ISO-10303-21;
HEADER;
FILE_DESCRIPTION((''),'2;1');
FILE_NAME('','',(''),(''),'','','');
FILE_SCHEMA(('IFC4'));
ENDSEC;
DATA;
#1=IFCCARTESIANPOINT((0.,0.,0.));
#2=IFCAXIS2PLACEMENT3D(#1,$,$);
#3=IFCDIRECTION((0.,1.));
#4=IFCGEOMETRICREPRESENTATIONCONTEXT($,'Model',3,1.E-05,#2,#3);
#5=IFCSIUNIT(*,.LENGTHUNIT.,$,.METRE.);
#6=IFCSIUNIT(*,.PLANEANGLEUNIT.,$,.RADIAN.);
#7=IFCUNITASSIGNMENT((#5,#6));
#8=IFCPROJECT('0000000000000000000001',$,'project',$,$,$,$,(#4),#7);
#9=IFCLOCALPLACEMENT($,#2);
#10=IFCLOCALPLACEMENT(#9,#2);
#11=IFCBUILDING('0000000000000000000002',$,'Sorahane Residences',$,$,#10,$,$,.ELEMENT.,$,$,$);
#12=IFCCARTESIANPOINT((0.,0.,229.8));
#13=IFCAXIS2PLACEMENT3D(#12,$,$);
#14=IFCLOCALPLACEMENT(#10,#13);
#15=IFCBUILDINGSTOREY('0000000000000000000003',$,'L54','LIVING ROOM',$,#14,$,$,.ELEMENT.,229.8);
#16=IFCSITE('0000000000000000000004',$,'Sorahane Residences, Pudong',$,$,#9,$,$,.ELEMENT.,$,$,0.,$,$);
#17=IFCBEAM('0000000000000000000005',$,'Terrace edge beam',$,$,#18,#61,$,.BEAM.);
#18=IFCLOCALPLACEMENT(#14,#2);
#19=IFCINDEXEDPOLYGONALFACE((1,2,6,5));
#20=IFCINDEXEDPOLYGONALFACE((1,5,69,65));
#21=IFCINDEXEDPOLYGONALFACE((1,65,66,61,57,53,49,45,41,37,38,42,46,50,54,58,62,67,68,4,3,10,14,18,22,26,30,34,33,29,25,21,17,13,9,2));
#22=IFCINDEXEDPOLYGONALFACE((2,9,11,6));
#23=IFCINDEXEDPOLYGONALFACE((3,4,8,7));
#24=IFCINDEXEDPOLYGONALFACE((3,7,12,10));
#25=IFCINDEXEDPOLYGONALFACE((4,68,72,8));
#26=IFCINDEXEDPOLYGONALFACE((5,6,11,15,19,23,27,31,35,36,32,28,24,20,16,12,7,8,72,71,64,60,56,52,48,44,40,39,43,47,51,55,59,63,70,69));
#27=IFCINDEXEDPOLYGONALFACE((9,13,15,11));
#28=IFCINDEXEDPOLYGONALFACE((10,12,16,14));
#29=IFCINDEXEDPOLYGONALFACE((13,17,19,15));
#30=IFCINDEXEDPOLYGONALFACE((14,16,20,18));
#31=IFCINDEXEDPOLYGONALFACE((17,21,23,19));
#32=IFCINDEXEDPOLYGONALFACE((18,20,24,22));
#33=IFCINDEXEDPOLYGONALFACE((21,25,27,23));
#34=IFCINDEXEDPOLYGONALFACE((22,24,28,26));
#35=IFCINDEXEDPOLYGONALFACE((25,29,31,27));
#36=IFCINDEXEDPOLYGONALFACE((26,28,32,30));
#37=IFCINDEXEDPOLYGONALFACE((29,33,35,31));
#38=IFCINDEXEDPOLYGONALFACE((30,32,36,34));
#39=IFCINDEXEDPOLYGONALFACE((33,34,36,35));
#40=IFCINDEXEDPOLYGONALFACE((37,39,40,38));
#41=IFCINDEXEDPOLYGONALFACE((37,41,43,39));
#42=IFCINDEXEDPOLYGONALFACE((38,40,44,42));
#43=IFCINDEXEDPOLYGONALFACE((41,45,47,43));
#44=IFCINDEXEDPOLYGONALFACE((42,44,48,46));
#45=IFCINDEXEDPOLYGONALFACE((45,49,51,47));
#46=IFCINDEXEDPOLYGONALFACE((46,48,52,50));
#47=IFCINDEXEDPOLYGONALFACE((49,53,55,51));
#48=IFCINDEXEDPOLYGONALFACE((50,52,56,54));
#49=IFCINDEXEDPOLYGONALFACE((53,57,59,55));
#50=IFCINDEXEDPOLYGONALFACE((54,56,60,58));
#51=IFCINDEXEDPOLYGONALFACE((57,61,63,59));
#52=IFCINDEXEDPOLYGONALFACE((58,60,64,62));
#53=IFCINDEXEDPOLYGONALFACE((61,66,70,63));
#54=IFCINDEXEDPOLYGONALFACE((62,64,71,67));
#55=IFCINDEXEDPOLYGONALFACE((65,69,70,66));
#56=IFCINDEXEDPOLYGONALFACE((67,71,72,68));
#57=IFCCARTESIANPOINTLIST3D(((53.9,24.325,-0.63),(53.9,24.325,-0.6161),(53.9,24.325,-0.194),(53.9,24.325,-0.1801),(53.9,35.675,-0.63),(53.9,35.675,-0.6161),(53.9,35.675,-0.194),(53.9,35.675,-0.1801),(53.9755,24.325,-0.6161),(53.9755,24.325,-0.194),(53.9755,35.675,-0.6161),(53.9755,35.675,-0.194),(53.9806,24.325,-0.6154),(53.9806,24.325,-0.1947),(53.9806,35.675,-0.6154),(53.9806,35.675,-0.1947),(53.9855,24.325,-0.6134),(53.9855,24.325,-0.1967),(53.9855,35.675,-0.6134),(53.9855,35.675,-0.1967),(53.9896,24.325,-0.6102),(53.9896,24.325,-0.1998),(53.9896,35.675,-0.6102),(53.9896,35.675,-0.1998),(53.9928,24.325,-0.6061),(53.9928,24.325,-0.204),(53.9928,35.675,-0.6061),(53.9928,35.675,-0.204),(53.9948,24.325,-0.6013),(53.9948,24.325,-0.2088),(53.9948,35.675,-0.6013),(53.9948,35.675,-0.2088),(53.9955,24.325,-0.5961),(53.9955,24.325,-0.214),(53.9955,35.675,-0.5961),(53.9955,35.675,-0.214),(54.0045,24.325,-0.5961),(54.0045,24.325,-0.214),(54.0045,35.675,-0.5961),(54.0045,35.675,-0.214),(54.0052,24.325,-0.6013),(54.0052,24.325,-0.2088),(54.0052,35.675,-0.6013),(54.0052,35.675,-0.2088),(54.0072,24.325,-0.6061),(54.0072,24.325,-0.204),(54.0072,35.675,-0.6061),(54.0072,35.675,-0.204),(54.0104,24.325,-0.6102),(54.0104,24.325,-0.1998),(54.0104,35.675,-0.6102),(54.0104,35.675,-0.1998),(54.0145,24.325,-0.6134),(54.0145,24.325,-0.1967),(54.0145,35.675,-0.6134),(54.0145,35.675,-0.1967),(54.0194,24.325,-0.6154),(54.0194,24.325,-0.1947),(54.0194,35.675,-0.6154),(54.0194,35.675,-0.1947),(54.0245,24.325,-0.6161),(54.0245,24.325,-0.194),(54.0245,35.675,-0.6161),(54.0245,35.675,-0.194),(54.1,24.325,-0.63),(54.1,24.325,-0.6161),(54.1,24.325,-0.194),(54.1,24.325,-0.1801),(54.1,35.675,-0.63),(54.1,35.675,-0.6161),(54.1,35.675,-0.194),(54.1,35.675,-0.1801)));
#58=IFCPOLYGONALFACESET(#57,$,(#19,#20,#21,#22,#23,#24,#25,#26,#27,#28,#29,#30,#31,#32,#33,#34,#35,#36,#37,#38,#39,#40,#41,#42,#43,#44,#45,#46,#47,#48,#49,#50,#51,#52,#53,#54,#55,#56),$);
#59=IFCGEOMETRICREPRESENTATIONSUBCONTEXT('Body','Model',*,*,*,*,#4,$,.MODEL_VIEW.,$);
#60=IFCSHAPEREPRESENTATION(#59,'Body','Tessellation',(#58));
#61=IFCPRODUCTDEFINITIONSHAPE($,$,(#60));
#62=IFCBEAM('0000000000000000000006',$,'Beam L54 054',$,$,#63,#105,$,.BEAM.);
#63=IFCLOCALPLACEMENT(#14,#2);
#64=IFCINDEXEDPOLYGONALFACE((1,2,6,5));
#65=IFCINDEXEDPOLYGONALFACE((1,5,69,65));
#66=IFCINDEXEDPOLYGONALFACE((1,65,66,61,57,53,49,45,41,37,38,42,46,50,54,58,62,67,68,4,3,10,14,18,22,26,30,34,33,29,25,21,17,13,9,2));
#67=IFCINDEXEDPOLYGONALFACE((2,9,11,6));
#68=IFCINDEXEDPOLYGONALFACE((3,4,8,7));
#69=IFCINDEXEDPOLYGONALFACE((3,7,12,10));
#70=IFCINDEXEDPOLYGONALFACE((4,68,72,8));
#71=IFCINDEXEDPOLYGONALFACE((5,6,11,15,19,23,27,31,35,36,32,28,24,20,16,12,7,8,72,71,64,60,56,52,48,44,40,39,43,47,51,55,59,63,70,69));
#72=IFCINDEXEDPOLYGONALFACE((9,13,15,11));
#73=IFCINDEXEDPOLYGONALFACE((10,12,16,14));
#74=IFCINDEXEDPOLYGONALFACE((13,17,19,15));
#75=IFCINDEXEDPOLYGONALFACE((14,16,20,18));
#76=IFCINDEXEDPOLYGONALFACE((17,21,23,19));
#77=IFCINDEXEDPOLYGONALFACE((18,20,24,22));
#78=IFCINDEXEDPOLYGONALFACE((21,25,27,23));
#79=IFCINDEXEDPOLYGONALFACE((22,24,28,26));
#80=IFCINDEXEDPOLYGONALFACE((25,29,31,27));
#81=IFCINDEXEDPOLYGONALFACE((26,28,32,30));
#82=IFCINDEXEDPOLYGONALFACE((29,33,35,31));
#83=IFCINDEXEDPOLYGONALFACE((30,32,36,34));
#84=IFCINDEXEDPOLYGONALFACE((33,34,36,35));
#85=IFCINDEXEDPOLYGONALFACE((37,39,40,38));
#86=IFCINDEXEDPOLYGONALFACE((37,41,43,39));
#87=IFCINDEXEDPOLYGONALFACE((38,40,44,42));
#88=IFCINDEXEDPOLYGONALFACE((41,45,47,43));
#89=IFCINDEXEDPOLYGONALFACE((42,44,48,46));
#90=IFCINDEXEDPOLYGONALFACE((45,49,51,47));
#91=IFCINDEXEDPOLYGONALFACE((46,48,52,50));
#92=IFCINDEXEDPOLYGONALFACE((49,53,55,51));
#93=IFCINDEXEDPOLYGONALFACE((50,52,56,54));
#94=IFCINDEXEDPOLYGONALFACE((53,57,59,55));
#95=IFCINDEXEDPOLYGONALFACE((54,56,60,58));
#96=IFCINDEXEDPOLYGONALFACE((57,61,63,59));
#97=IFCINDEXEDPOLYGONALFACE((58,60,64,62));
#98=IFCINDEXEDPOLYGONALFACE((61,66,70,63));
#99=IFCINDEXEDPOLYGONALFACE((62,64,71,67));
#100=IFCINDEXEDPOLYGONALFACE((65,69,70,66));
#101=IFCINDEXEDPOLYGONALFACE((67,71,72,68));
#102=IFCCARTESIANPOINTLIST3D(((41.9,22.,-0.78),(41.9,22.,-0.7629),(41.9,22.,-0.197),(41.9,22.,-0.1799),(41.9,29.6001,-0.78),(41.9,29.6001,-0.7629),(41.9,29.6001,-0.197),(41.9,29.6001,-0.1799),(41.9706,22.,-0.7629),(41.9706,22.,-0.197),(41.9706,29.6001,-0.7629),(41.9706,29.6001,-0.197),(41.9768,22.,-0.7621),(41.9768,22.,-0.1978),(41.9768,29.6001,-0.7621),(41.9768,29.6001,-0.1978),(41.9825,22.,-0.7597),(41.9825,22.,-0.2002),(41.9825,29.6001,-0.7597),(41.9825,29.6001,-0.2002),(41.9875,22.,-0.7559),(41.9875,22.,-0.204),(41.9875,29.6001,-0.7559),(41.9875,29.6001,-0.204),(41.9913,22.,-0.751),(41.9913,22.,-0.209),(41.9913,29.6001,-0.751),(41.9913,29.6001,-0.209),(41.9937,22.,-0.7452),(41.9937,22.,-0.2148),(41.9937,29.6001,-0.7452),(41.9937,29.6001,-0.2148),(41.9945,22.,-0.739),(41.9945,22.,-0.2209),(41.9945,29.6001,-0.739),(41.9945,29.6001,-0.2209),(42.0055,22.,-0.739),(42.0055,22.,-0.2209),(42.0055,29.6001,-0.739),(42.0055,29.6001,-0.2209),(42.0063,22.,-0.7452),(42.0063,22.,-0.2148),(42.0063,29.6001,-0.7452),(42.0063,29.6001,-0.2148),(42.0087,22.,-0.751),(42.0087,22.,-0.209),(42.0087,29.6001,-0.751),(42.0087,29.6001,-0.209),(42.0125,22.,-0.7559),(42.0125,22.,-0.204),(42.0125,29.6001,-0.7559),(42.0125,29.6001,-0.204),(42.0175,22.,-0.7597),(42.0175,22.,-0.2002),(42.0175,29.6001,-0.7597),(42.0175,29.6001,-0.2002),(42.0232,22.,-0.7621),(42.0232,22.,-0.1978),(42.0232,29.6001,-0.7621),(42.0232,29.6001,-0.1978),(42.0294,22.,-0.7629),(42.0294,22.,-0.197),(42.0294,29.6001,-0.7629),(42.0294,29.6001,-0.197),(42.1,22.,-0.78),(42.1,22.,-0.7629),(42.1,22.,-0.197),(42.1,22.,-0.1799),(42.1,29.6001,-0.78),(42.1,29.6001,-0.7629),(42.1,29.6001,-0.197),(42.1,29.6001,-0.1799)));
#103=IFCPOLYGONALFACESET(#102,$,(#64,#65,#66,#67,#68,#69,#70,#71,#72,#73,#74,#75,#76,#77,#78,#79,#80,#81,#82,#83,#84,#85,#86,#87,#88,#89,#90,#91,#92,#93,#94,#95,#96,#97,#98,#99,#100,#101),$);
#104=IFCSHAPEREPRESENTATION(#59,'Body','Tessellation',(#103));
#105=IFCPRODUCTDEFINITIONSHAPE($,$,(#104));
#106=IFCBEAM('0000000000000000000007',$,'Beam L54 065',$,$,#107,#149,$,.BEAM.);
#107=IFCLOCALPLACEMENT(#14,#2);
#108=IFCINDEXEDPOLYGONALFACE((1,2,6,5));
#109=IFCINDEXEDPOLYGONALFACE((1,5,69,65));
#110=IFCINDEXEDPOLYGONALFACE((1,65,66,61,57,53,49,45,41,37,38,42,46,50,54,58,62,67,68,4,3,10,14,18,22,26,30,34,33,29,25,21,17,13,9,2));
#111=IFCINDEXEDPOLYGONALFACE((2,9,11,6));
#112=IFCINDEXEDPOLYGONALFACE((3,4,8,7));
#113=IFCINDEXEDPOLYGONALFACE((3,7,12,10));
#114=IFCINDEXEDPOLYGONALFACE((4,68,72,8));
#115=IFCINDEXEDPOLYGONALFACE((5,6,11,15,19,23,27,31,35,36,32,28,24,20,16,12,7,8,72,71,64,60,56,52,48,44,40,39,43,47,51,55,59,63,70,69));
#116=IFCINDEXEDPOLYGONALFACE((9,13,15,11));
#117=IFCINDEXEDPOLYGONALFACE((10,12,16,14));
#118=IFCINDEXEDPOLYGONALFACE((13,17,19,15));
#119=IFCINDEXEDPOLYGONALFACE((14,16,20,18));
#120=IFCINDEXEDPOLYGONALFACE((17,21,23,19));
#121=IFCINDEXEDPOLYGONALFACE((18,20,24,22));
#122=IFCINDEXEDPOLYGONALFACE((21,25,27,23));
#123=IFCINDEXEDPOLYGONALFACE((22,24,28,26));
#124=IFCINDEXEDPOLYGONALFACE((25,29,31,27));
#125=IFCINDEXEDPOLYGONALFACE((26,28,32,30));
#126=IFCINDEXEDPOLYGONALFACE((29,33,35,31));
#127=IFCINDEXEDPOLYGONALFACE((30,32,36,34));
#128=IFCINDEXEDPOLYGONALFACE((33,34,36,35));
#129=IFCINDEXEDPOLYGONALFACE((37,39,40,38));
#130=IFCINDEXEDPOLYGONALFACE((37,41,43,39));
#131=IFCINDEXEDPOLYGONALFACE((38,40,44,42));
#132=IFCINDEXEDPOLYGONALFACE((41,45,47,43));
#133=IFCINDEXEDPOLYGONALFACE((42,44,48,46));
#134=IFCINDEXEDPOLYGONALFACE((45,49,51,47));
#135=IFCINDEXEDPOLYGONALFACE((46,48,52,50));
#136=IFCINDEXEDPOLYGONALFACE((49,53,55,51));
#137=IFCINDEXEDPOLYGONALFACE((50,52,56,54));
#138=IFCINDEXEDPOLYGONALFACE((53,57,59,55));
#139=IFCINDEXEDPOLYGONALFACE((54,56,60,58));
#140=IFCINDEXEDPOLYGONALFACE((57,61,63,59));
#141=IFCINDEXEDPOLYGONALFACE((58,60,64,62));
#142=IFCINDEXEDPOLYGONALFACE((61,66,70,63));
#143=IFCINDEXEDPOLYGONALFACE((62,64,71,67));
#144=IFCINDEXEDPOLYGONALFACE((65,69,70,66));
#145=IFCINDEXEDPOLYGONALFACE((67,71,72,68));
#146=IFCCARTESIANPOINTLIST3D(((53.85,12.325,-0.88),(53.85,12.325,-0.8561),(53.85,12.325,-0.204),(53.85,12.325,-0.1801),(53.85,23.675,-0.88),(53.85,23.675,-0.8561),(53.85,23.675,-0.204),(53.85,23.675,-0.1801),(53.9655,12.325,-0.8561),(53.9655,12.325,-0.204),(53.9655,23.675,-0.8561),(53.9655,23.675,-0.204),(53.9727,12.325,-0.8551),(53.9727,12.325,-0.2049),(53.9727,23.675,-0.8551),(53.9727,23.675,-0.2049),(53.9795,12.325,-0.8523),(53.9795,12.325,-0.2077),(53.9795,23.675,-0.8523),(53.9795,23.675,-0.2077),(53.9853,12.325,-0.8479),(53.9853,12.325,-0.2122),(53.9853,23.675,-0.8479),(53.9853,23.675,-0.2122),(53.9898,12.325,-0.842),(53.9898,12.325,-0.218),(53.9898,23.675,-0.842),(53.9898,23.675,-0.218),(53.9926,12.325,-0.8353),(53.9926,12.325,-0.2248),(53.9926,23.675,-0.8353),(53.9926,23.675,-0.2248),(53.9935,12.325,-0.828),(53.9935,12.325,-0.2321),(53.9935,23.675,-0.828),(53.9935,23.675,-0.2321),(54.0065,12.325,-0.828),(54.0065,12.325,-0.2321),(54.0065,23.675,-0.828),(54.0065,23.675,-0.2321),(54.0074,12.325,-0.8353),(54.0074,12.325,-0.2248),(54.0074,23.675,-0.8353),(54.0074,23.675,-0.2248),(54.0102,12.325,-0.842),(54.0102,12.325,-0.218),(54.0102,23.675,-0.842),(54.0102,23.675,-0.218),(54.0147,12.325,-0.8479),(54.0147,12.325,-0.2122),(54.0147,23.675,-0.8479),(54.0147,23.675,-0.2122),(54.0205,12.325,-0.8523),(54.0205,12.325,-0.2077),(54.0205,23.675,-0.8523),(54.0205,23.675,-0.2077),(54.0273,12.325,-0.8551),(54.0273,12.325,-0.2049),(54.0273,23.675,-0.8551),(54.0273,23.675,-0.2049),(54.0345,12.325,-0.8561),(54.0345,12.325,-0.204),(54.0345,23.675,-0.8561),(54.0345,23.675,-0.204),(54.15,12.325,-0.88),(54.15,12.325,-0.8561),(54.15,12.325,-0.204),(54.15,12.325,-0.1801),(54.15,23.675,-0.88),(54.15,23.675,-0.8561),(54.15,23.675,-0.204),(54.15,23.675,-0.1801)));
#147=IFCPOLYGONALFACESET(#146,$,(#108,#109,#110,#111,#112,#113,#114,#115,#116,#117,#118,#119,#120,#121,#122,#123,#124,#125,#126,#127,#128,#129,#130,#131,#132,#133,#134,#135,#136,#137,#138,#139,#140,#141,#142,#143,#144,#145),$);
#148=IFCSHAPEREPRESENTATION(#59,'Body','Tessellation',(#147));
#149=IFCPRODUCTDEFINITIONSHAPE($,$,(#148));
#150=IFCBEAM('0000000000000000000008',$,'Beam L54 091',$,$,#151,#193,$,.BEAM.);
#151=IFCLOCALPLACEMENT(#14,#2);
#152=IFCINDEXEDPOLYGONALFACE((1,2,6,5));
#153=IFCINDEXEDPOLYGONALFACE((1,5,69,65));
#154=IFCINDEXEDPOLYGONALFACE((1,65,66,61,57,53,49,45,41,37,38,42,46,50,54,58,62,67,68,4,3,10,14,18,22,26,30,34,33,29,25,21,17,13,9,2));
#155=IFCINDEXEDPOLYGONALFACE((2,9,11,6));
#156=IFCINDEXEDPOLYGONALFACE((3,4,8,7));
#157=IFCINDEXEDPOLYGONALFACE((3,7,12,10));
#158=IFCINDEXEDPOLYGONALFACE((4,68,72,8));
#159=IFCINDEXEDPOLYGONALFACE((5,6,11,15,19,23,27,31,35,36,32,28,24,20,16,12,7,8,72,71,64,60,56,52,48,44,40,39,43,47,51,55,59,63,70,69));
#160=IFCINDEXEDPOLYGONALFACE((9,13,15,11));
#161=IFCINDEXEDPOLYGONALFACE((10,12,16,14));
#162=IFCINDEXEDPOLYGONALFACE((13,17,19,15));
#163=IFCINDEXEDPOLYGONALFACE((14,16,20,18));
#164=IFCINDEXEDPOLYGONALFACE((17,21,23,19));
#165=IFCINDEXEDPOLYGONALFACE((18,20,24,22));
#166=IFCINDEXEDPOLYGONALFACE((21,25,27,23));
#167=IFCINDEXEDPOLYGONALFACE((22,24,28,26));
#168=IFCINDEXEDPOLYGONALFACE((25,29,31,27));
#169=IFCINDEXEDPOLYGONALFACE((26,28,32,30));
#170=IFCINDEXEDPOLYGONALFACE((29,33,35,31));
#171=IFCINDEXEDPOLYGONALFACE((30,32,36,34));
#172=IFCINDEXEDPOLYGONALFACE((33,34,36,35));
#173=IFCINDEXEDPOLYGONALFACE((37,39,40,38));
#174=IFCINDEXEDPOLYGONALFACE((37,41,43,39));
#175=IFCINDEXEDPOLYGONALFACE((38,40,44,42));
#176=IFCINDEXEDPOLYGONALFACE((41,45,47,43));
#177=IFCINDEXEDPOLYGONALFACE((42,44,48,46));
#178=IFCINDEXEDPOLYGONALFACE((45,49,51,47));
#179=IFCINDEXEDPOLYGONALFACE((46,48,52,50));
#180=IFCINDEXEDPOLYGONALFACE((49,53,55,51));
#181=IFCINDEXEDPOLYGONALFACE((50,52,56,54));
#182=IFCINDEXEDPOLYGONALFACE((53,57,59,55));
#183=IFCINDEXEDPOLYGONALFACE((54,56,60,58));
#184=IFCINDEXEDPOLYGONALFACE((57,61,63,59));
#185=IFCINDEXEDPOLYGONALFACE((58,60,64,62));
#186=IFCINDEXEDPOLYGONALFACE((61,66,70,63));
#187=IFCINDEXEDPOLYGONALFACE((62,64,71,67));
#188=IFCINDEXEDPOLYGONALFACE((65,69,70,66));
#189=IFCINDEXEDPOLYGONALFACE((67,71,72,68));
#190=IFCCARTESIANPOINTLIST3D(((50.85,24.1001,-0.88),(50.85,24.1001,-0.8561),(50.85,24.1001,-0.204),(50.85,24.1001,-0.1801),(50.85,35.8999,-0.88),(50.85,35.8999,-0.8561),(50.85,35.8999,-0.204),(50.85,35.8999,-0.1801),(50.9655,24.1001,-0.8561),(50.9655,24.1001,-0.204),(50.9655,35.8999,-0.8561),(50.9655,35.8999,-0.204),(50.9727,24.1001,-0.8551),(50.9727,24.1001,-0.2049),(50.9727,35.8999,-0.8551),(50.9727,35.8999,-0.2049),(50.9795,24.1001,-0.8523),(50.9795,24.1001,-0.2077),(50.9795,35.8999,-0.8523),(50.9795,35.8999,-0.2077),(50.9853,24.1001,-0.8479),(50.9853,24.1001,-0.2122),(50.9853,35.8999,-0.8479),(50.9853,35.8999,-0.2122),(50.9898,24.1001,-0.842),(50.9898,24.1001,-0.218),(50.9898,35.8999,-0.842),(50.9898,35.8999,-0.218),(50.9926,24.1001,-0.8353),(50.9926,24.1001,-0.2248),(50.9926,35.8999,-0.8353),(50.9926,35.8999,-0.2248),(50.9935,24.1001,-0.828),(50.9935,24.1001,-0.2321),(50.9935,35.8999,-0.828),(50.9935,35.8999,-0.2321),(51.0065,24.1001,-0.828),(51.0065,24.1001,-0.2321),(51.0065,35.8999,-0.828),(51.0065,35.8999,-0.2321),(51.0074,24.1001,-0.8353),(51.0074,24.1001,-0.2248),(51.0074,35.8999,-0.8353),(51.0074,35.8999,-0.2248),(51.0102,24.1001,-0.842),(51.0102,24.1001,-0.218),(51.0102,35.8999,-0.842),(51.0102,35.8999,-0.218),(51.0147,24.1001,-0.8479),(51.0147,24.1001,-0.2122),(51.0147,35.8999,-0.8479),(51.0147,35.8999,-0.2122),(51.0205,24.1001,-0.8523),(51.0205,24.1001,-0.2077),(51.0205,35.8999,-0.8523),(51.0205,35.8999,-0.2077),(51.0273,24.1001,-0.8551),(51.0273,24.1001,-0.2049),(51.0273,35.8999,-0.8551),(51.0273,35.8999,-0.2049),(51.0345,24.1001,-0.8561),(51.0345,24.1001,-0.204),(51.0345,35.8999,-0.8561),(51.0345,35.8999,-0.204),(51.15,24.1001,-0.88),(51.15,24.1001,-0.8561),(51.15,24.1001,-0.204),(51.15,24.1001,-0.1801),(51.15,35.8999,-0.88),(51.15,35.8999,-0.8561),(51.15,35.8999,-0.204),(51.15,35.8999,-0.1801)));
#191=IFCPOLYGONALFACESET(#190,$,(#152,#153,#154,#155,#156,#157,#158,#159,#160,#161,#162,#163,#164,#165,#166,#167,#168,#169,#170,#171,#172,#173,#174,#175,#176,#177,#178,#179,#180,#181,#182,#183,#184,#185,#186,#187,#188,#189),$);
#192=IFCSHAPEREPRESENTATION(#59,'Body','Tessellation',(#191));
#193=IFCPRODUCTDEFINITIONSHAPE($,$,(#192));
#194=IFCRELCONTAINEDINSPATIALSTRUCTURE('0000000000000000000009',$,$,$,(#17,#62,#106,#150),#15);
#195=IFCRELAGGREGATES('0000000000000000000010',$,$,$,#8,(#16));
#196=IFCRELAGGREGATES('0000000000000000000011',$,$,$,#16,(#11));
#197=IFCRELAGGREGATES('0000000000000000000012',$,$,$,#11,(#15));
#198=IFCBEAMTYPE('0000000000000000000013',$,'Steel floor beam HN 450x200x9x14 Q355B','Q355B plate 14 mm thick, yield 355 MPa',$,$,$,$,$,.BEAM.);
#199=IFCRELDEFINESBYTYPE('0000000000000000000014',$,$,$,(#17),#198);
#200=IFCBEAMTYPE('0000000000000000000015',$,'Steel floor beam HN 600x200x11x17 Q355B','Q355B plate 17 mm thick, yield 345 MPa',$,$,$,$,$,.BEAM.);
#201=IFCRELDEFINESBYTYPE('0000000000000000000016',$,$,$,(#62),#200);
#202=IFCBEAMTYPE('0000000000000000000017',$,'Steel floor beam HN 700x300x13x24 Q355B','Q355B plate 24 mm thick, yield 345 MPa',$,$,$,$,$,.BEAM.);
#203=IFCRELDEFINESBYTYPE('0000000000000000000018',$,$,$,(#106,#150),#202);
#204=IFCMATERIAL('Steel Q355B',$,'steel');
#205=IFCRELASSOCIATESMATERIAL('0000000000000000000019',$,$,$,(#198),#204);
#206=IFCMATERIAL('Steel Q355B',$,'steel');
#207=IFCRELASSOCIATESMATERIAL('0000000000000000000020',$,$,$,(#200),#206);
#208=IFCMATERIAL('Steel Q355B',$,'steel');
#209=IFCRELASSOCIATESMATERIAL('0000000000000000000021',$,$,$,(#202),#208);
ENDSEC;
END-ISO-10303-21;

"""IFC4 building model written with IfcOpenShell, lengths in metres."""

from ifc_helpers import new_model, si_unit, direction, frame, origin, origin_2d, place, context, subcontext, project, spatial, i_section, extrude, material, material_profile, profile_set, type_object, element, save


model = new_model("IFC4")

# Units and contexts
model_context = context("Model", 3, precision=1e-05, world=origin(), true_north=direction((0.0, 1.0)))
body_context = subcontext(model_context, "Body", "Model", "MODEL_VIEW")
ifc_project = project(units=[si_unit("LENGTHUNIT", "METRE"), si_unit("PLANEANGLEUNIT", "RADIAN")], contexts=[model_context])

# Site, building, storey
site_placement = place(None, origin())
site = spatial("IfcSite", under=ifc_project, at=site_placement, Name="Sorahane Residences, Pudong", CompositionType="ELEMENT", RefElevation=0.0)
building_placement = place(site_placement, origin())
building = spatial("IfcBuilding", under=site, at=building_placement, Name="Sorahane Residences", CompositionType="ELEMENT")
storey_placement = place(building_placement, frame((0.0, 0.0, 229.8)))
storey = spatial("IfcBuildingStorey", under=building, at=storey_placement, Name="L54", Description="LIVING ROOM", CompositionType="ELEMENT", Elevation=229.8)

# Beams
ifc_material_1 = material(Name="Steel Q355B", Category="steel")
ifc_material_profile_1 = material_profile(ifc_material_1, i_section(OverallWidth=0.2, OverallDepth=0.45, WebThickness=0.009, FlangeThickness=0.0139, FilletRadius=0.02, at=origin_2d()), Name="HN 450x200x9x14")
ifc_profile_set_1 = profile_set([ifc_material_profile_1], Name="Steel Q355B")
beam_type_1 = type_object("IfcBeamType", Name="Steel floor beam HN 450x200x9x14 Q355B", Description="Q355B plate 14 mm thick, yield 355 MPa", PredefinedType="BEAM", material=ifc_profile_set_1)
beam_1_placement = place(storey_placement, frame((54.0, 24.325, -0.405), z_axis=(0.0, 1.0, 0.0), x_axis=(-1.0, 0.0, 0.0)))
element("IfcBeam", 1, at=beam_1_placement, inside=storey, type_object=beam_type_1, Name="Terrace edge beam", PredefinedType="BEAM", context=body_context, shape_type="SweptSolid", body=[
    extrude(i_section(OverallWidth=0.2, OverallDepth=0.45, WebThickness=0.009, FlangeThickness=0.0139, FilletRadius=0.02, at=origin_2d()), origin(), (0.0, 0.0, 1.0), 11.3501),
])
ifc_material_2 = material(Name="Steel Q355B", Category="steel")
ifc_material_profile_2 = material_profile(ifc_material_2, i_section(OverallWidth=0.2, OverallDepth=0.6001, WebThickness=0.011, FlangeThickness=0.0171, FilletRadius=0.0239, at=origin_2d()), Name="HN 600x200x11x17")
ifc_profile_set_2 = profile_set([ifc_material_profile_2], Name="Steel Q355B")
beam_type_2 = type_object("IfcBeamType", Name="Steel floor beam HN 600x200x11x17 Q355B", Description="Q355B plate 17 mm thick, yield 345 MPa", PredefinedType="BEAM", material=ifc_profile_set_2)
beam_2_placement = place(storey_placement, frame((42.0, 22.0, -0.48), z_axis=(0.0, 1.0, 0.0), x_axis=(-1.0, 0.0, 0.0)))
element("IfcBeam", 2, at=beam_2_placement, inside=storey, type_object=beam_type_2, Name="Beam L54 054", PredefinedType="BEAM", context=body_context, shape_type="SweptSolid", body=[
    extrude(i_section(OverallWidth=0.2, OverallDepth=0.6001, WebThickness=0.011, FlangeThickness=0.0171, FilletRadius=0.0239, at=origin_2d()), origin(), (0.0, 0.0, 1.0), 7.6001),
])
ifc_material_3 = material(Name="Steel Q355B", Category="steel")
ifc_material_profile_3 = material_profile(ifc_material_3, i_section(OverallWidth=0.3, OverallDepth=0.7, WebThickness=0.0129, FlangeThickness=0.0239, FilletRadius=0.0281, at=origin_2d()), Name="HN 700x300x13x24")
ifc_profile_set_3 = profile_set([ifc_material_profile_3], Name="Steel Q355B")
beam_type_3 = type_object("IfcBeamType", Name="Steel floor beam HN 700x300x13x24 Q355B", Description="Q355B plate 24 mm thick, yield 345 MPa", PredefinedType="BEAM", material=ifc_profile_set_3)
beam_3_placement = place(storey_placement, frame((54.0, 12.325, -0.53), z_axis=(0.0, 1.0, 0.0), x_axis=(-1.0, 0.0, 0.0)))
element("IfcBeam", 3, at=beam_3_placement, inside=storey, type_object=beam_type_3, Name="Beam L54 065", PredefinedType="BEAM", context=body_context, shape_type="SweptSolid", body=[
    extrude(i_section(OverallWidth=0.3, OverallDepth=0.7, WebThickness=0.0129, FlangeThickness=0.0239, FilletRadius=0.0281, at=origin_2d()), origin(), (0.0, 0.0, 1.0), 11.3501),
])
beam_4_placement = place(storey_placement, frame((51.0, 24.1001, -0.53), z_axis=(0.0, 1.0, 0.0), x_axis=(-1.0, 0.0, 0.0)))
element("IfcBeam", 4, at=beam_4_placement, inside=storey, type_object=beam_type_3, Name="Beam L54 091", PredefinedType="BEAM", context=body_context, shape_type="SweptSolid", body=[
    extrude(i_section(OverallWidth=0.3, OverallDepth=0.7, WebThickness=0.0129, FlangeThickness=0.0239, FilletRadius=0.0281, at=origin_2d()), origin(), (0.0, 0.0, 1.0), 11.7998),
])

save(model, "model.ifc")
